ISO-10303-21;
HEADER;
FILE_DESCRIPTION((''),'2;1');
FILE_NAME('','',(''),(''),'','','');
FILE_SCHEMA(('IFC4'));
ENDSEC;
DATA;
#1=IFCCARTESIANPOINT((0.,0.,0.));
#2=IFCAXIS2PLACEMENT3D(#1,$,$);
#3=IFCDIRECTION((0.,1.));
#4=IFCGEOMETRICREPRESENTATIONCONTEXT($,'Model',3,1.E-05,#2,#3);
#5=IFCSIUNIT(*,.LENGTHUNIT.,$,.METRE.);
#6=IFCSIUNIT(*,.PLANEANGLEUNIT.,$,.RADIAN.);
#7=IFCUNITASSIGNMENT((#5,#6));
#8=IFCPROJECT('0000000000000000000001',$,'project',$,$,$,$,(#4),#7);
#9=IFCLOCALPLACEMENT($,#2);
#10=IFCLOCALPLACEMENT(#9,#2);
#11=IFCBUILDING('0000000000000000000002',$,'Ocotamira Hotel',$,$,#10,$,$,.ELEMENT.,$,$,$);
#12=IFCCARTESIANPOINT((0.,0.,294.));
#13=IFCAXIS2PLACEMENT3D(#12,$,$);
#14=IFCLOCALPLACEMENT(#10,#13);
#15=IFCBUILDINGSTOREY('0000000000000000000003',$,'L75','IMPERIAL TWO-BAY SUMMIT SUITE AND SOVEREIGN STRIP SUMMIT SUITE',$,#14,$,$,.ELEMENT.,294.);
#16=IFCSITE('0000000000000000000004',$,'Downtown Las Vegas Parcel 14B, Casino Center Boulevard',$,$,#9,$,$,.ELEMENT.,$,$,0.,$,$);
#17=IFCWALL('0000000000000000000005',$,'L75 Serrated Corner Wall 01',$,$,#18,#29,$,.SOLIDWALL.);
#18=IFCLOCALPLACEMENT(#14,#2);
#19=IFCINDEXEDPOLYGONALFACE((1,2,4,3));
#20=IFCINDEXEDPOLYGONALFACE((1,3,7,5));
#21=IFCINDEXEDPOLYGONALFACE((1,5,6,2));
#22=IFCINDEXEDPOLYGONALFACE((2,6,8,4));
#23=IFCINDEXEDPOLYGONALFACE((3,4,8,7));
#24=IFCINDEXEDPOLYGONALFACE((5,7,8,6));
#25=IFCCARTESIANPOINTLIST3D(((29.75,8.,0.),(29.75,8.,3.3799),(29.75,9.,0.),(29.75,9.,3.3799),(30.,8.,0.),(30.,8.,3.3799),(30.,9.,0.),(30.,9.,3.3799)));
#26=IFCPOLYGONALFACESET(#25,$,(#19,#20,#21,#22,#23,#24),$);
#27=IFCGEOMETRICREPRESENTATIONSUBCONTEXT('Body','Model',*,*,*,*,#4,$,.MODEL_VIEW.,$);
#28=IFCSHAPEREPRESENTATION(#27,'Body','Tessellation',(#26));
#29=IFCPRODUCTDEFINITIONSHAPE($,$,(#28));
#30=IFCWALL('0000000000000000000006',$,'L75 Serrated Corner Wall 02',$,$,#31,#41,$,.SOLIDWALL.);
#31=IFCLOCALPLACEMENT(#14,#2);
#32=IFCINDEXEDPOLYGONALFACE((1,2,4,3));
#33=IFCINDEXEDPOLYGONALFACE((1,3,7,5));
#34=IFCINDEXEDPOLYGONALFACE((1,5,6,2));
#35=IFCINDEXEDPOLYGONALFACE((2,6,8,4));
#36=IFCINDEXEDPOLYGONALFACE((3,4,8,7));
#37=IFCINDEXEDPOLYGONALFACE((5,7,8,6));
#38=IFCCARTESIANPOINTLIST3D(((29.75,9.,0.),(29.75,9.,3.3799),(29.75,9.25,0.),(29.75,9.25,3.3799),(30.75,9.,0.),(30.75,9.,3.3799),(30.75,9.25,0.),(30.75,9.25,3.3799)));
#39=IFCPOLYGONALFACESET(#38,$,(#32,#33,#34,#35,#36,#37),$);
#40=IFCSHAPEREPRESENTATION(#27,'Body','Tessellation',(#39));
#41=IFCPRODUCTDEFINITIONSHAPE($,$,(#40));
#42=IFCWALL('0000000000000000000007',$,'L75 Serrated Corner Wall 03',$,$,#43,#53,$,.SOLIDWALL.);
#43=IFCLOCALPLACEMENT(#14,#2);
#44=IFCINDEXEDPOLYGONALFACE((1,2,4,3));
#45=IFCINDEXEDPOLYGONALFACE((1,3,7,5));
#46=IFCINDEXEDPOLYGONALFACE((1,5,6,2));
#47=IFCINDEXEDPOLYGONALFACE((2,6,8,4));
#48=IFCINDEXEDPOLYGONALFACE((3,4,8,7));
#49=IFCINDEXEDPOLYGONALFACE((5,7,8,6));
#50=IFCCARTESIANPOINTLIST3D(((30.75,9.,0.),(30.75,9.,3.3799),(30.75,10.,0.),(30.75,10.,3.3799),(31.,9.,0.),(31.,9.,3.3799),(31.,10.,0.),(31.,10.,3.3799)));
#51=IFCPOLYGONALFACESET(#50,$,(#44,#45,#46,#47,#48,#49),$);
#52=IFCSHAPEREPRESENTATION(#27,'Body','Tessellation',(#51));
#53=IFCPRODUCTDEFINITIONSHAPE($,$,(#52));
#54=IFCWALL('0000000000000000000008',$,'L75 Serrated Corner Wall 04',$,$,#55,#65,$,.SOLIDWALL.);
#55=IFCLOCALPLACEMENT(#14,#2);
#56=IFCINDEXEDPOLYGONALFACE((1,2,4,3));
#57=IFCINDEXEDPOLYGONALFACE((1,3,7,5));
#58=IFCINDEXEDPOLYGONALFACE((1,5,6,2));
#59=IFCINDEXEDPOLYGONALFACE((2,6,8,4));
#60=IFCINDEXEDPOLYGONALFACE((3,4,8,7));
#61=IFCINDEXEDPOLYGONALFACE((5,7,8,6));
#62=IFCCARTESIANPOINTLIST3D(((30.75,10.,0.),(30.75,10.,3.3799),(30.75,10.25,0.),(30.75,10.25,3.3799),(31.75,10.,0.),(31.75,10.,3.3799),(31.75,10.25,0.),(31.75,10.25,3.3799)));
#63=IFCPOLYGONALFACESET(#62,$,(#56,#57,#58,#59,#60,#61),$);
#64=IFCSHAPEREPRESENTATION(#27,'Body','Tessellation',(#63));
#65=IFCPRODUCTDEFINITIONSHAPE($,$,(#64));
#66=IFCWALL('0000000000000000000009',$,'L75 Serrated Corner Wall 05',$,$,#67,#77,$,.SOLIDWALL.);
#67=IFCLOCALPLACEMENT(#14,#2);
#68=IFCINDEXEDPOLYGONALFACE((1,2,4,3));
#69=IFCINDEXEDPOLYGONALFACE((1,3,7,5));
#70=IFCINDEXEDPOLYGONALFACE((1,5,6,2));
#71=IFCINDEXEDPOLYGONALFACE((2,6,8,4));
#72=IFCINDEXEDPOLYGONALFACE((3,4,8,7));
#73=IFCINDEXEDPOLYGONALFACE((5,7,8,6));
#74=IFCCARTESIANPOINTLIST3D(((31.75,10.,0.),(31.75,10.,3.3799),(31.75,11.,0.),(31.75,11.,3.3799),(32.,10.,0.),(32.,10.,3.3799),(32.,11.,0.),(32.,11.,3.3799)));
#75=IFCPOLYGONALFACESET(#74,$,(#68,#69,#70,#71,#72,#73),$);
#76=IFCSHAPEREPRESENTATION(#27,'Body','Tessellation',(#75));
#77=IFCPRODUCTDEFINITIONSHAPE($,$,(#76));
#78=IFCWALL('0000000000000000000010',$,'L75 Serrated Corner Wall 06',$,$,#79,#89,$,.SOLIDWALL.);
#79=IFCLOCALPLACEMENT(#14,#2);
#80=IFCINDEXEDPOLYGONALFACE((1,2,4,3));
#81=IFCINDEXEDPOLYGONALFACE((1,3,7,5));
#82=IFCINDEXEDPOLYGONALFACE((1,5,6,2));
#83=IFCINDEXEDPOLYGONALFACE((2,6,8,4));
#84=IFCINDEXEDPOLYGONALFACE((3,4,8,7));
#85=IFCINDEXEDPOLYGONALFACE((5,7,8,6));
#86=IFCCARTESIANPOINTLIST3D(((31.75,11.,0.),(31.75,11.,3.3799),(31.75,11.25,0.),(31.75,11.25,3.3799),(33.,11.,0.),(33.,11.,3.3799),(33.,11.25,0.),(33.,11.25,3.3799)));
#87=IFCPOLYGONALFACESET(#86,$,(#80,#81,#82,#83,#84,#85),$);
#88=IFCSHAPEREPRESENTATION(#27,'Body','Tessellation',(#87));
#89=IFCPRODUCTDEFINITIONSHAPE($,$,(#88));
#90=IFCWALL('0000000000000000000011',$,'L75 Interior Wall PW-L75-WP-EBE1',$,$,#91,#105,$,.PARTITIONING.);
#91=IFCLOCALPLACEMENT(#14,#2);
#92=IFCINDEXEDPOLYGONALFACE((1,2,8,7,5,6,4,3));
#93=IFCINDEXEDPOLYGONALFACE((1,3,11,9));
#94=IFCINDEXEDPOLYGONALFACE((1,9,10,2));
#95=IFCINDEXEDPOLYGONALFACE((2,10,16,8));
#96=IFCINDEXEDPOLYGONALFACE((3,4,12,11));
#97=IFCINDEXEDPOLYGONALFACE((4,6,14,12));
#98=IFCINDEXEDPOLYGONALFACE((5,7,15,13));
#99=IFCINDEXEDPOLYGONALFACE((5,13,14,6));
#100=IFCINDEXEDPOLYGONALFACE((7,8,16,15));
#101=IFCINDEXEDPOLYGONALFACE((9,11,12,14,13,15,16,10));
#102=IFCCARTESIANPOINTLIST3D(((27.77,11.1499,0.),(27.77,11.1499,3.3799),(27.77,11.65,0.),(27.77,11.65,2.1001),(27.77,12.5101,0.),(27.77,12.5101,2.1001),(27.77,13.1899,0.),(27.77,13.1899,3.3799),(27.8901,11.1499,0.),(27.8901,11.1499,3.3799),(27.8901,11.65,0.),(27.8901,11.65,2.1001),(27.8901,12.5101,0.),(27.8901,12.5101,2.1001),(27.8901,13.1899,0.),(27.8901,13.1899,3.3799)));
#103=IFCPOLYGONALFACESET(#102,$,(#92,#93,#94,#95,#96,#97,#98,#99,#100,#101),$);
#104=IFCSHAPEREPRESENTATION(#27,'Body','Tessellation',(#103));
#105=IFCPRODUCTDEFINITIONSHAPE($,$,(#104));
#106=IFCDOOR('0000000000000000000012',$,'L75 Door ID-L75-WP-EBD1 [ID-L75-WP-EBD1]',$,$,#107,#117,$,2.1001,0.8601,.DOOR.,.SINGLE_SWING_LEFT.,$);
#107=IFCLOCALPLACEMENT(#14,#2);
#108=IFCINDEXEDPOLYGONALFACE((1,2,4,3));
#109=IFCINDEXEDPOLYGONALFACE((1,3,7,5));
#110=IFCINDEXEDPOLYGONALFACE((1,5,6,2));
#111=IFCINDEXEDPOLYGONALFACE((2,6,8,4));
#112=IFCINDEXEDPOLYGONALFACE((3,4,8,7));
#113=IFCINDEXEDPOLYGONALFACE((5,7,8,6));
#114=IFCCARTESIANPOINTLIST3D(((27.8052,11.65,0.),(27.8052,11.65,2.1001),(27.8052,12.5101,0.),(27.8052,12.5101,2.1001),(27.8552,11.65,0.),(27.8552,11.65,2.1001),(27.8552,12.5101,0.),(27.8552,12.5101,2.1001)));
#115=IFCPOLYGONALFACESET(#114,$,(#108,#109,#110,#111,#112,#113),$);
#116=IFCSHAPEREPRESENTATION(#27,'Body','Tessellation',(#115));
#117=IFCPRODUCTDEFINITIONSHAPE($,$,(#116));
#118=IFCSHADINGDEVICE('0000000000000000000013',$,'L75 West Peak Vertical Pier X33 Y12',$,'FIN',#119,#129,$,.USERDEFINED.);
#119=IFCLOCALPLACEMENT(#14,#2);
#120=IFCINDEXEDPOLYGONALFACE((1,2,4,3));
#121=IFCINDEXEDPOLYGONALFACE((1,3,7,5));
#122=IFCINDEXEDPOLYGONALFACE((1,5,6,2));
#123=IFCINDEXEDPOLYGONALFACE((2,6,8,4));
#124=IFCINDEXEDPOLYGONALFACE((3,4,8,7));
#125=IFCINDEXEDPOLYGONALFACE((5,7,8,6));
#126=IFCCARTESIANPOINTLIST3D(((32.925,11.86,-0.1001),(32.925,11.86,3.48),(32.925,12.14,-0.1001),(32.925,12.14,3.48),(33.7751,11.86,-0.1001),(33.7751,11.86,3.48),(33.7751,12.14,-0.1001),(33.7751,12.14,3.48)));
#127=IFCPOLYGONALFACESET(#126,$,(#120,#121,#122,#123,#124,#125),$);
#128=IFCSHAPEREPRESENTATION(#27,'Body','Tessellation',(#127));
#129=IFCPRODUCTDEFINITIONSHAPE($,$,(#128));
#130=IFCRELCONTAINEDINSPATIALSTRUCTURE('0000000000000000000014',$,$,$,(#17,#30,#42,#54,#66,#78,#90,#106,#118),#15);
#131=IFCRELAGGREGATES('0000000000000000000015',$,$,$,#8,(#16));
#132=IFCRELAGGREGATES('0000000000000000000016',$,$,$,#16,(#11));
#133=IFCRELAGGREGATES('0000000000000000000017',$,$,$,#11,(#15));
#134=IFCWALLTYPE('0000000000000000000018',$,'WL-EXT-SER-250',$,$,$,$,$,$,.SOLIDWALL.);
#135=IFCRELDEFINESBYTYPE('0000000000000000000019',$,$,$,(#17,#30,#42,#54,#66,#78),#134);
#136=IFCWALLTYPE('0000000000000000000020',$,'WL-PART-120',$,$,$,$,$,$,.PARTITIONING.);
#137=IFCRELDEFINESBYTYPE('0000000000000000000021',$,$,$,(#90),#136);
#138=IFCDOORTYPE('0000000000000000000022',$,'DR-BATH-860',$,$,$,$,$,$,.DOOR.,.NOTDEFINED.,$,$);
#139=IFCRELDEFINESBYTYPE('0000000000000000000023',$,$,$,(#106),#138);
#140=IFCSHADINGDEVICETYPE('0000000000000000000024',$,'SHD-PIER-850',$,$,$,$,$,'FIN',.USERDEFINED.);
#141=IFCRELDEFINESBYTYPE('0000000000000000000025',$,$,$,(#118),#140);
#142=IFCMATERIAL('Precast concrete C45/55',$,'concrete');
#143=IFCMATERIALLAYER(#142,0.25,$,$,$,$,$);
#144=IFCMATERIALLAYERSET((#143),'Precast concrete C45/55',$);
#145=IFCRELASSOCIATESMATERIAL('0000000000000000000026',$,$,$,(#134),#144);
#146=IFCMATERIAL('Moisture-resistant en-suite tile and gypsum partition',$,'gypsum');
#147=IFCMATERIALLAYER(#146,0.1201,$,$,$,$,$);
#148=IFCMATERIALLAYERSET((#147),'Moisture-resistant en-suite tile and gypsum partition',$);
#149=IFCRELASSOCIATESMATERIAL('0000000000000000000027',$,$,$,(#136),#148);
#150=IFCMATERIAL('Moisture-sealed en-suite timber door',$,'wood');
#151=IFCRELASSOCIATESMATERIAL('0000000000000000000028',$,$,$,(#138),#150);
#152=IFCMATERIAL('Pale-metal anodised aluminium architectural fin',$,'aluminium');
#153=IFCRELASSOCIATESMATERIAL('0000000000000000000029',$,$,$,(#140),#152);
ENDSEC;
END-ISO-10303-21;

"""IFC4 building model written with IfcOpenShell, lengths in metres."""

from ifc_helpers import new_model, si_unit, direction, frame, frame_2d, origin, origin_2d, place, context, subcontext, project, spatial, rectangle, extrude, source, transform, mapped, material, layer, layer_set, type_object, element, fill, save


model = new_model("IFC4")

# Units and contexts
model_context = context("Model", 3, precision=1e-05, world=origin(), true_north=direction((0.0, 1.0)))
body_context = subcontext(model_context, "Body", "Model", "MODEL_VIEW")
ifc_project = project(units=[si_unit("LENGTHUNIT", "METRE"), si_unit("PLANEANGLEUNIT", "RADIAN")], contexts=[model_context])

# Site, building, storey
site_placement = place(None, origin())
site = spatial("IfcSite", under=ifc_project, at=site_placement, Name="Downtown Las Vegas Parcel 14B, Casino Center Boulevard", CompositionType="ELEMENT", RefElevation=0.0)
building_placement = place(site_placement, origin())
building = spatial("IfcBuilding", under=site, at=building_placement, Name="Ocotamira Hotel", CompositionType="ELEMENT")
storey_placement = place(building_placement, frame((0.0, 0.0, 294.0)))
storey = spatial("IfcBuildingStorey", under=building, at=storey_placement, Name="L75", Description="IMPERIAL TWO-BAY SUMMIT SUITE AND SOVEREIGN STRIP SUMMIT SUITE", CompositionType="ELEMENT", Elevation=294.0)

# Walls
ifc_material_1 = material(Name="Precast concrete C45/55", Category="concrete")
ifc_layer_1 = layer(ifc_material_1, 0.25)
ifc_layer_set_1 = layer_set([ifc_layer_1], Name="Precast concrete C45/55")
wall_type_1 = type_object("IfcWallType", Name="WL-EXT-SER-250", PredefinedType="SOLIDWALL", material=ifc_layer_set_1)
for number, where, z_axis, x_axis, name in (
    (1, (29.875, 8.0, 0.0), (0.0, 0.0, 1.0), (0.0, 1.0, 0.0), "L75 Serrated Corner Wall 01"),
    (2, (29.75, 9.125, 0.0), (0.0, 0.0, 1.0), (1.0, 0.0, 0.0), "L75 Serrated Corner Wall 02"),
    (3, (30.875, 9.0, 0.0), (0.0, 0.0, 1.0), (0.0, 1.0, 0.0), "L75 Serrated Corner Wall 03"),
    (4, (30.75, 10.125, 0.0), (0.0, 0.0, 1.0), (1.0, 0.0, 0.0), "L75 Serrated Corner Wall 04"),
    (5, (31.875, 10.0, 0.0), (0.0, 0.0, 1.0), (0.0, 1.0, 0.0), "L75 Serrated Corner Wall 05"),
):
    element("IfcWall", number, at=place(storey_placement, frame(where, z_axis=z_axis, x_axis=x_axis)), inside=storey, type_object=wall_type_1, Name=name, PredefinedType="SOLIDWALL", context=body_context, shape_type="SweptSolid", body=[
        extrude(rectangle(XDim=1.0, YDim=0.25, at=frame_2d((0.5, 0.0))), origin(), (0.0, 0.0, 1.0), 3.3799),
    ])
wall_1_placement = place(storey_placement, frame((31.75, 11.125, 0.0), z_axis=(0.0, 0.0, 1.0), x_axis=(1.0, 0.0, 0.0)))
element("IfcWall", 6, at=wall_1_placement, inside=storey, type_object=wall_type_1, Name="L75 Serrated Corner Wall 06", PredefinedType="SOLIDWALL", context=body_context, shape_type="SweptSolid", body=[
    extrude(rectangle(XDim=1.25, YDim=0.25, at=frame_2d((0.625, 0.0))), origin(), (0.0, 0.0, 1.0), 3.3799),
])

# Wall, opening, door
ifc_material_2 = material(Name="Moisture-resistant en-suite tile and gypsum partition", Category="gypsum")
ifc_layer_2 = layer(ifc_material_2, 0.1201)
ifc_layer_set_2 = layer_set([ifc_layer_2], Name="Moisture-resistant en-suite tile and gypsum partition")
wall_type_2 = type_object("IfcWallType", Name="WL-PART-120", PredefinedType="PARTITIONING", material=ifc_layer_set_2)
wall_2_placement = place(storey_placement, frame((27.8301, 11.1499, 0.0), z_axis=(0.0, 0.0, 1.0), x_axis=(0.0, 1.0, 0.0)))
wall_2 = element("IfcWall", 7, at=wall_2_placement, inside=storey, type_object=wall_type_2, Name="L75 Interior Wall PW-L75-WP-EBE1", PredefinedType="PARTITIONING", context=body_context, shape_type="SweptSolid", body=[
    extrude(rectangle(XDim=2.04, YDim=0.1201, at=frame_2d((1.02, 0.0))), origin(), (0.0, 0.0, 1.0), 3.3799),
])
opening_placement = place(wall_2_placement, frame((0.5, 0.0, 0.0)))
opening = element("IfcOpeningElement", 8, at=opening_placement, cuts=wall_2, PredefinedType="OPENING", context=body_context, shape_type="SweptSolid", body=[
    extrude(rectangle(XDim=0.8601, YDim=2.1001, at=frame_2d((0.4302, 1.05))), frame((0.0, 0.0701, 0.0), z_axis=(0.0, -1.0, 0.0), x_axis=(1.0, 0.0, 0.0)), (0.0, 0.0, 1.0), 0.1401),
])
ifc_material_3 = material(Name="Moisture-sealed en-suite timber door", Category="wood")
door_type = type_object("IfcDoorType", Name="DR-BATH-860", OperationType="NOTDEFINED", PredefinedType="DOOR", material=ifc_material_3)
shared_shape_1 = source(origin(), body_context, "Body", "SweptSolid", [
    extrude(rectangle(XDim=0.8601, YDim=2.1001, at=frame_2d((0.4302, 1.05))), frame((0.0, 0.0249, 0.0), z_axis=(0.0, -1.0, 0.0), x_axis=(1.0, 0.0, 0.0)), (0.0, 0.0, 1.0), 0.05),
])
door_placement = place(opening_placement, origin())
door = element("IfcDoor", 9, at=door_placement, inside=storey, type_object=door_type, Name="L75 Door ID-L75-WP-EBD1 [ID-L75-WP-EBD1]", OperationType="SINGLE_SWING_LEFT", OverallHeight=2.1001, OverallWidth=0.8601, PredefinedType="DOOR", context=body_context, shape_type="MappedRepresentation", body=[
    mapped(shared_shape_1, transform((0.0, 0.0, 0.0), scale=1.0)),
])
fill(opening, door)

# Shading device
ifc_material_4 = material(Name="Pale-metal anodised aluminium architectural fin", Category="aluminium")
shading_device_type = type_object("IfcShadingDeviceType", Name="SHD-PIER-850", ElementType="FIN", PredefinedType="USERDEFINED", material=ifc_material_4)
shared_shape_2 = source(origin(), body_context, "Body", "SweptSolid", [
    extrude(rectangle(XDim=0.8501, YDim=0.28, at=origin_2d()), origin(), (0.0, 0.0, 1.0), 3.5801),
])
shading_device_placement = place(storey_placement, frame((33.3501, 12.0, -0.1001), z_axis=(0.0, 0.0, 1.0), x_axis=(1.0, 0.0, 0.0)))
element("IfcShadingDevice", 10, at=shading_device_placement, inside=storey, type_object=shading_device_type, Name="L75 West Peak Vertical Pier X33 Y12", ObjectType="FIN", PredefinedType="USERDEFINED", context=body_context, shape_type="MappedRepresentation", body=[
    mapped(shared_shape_2, transform((0.0, 0.0, 0.0), scale=1.0)),
])

save(model, "model.ifc")
